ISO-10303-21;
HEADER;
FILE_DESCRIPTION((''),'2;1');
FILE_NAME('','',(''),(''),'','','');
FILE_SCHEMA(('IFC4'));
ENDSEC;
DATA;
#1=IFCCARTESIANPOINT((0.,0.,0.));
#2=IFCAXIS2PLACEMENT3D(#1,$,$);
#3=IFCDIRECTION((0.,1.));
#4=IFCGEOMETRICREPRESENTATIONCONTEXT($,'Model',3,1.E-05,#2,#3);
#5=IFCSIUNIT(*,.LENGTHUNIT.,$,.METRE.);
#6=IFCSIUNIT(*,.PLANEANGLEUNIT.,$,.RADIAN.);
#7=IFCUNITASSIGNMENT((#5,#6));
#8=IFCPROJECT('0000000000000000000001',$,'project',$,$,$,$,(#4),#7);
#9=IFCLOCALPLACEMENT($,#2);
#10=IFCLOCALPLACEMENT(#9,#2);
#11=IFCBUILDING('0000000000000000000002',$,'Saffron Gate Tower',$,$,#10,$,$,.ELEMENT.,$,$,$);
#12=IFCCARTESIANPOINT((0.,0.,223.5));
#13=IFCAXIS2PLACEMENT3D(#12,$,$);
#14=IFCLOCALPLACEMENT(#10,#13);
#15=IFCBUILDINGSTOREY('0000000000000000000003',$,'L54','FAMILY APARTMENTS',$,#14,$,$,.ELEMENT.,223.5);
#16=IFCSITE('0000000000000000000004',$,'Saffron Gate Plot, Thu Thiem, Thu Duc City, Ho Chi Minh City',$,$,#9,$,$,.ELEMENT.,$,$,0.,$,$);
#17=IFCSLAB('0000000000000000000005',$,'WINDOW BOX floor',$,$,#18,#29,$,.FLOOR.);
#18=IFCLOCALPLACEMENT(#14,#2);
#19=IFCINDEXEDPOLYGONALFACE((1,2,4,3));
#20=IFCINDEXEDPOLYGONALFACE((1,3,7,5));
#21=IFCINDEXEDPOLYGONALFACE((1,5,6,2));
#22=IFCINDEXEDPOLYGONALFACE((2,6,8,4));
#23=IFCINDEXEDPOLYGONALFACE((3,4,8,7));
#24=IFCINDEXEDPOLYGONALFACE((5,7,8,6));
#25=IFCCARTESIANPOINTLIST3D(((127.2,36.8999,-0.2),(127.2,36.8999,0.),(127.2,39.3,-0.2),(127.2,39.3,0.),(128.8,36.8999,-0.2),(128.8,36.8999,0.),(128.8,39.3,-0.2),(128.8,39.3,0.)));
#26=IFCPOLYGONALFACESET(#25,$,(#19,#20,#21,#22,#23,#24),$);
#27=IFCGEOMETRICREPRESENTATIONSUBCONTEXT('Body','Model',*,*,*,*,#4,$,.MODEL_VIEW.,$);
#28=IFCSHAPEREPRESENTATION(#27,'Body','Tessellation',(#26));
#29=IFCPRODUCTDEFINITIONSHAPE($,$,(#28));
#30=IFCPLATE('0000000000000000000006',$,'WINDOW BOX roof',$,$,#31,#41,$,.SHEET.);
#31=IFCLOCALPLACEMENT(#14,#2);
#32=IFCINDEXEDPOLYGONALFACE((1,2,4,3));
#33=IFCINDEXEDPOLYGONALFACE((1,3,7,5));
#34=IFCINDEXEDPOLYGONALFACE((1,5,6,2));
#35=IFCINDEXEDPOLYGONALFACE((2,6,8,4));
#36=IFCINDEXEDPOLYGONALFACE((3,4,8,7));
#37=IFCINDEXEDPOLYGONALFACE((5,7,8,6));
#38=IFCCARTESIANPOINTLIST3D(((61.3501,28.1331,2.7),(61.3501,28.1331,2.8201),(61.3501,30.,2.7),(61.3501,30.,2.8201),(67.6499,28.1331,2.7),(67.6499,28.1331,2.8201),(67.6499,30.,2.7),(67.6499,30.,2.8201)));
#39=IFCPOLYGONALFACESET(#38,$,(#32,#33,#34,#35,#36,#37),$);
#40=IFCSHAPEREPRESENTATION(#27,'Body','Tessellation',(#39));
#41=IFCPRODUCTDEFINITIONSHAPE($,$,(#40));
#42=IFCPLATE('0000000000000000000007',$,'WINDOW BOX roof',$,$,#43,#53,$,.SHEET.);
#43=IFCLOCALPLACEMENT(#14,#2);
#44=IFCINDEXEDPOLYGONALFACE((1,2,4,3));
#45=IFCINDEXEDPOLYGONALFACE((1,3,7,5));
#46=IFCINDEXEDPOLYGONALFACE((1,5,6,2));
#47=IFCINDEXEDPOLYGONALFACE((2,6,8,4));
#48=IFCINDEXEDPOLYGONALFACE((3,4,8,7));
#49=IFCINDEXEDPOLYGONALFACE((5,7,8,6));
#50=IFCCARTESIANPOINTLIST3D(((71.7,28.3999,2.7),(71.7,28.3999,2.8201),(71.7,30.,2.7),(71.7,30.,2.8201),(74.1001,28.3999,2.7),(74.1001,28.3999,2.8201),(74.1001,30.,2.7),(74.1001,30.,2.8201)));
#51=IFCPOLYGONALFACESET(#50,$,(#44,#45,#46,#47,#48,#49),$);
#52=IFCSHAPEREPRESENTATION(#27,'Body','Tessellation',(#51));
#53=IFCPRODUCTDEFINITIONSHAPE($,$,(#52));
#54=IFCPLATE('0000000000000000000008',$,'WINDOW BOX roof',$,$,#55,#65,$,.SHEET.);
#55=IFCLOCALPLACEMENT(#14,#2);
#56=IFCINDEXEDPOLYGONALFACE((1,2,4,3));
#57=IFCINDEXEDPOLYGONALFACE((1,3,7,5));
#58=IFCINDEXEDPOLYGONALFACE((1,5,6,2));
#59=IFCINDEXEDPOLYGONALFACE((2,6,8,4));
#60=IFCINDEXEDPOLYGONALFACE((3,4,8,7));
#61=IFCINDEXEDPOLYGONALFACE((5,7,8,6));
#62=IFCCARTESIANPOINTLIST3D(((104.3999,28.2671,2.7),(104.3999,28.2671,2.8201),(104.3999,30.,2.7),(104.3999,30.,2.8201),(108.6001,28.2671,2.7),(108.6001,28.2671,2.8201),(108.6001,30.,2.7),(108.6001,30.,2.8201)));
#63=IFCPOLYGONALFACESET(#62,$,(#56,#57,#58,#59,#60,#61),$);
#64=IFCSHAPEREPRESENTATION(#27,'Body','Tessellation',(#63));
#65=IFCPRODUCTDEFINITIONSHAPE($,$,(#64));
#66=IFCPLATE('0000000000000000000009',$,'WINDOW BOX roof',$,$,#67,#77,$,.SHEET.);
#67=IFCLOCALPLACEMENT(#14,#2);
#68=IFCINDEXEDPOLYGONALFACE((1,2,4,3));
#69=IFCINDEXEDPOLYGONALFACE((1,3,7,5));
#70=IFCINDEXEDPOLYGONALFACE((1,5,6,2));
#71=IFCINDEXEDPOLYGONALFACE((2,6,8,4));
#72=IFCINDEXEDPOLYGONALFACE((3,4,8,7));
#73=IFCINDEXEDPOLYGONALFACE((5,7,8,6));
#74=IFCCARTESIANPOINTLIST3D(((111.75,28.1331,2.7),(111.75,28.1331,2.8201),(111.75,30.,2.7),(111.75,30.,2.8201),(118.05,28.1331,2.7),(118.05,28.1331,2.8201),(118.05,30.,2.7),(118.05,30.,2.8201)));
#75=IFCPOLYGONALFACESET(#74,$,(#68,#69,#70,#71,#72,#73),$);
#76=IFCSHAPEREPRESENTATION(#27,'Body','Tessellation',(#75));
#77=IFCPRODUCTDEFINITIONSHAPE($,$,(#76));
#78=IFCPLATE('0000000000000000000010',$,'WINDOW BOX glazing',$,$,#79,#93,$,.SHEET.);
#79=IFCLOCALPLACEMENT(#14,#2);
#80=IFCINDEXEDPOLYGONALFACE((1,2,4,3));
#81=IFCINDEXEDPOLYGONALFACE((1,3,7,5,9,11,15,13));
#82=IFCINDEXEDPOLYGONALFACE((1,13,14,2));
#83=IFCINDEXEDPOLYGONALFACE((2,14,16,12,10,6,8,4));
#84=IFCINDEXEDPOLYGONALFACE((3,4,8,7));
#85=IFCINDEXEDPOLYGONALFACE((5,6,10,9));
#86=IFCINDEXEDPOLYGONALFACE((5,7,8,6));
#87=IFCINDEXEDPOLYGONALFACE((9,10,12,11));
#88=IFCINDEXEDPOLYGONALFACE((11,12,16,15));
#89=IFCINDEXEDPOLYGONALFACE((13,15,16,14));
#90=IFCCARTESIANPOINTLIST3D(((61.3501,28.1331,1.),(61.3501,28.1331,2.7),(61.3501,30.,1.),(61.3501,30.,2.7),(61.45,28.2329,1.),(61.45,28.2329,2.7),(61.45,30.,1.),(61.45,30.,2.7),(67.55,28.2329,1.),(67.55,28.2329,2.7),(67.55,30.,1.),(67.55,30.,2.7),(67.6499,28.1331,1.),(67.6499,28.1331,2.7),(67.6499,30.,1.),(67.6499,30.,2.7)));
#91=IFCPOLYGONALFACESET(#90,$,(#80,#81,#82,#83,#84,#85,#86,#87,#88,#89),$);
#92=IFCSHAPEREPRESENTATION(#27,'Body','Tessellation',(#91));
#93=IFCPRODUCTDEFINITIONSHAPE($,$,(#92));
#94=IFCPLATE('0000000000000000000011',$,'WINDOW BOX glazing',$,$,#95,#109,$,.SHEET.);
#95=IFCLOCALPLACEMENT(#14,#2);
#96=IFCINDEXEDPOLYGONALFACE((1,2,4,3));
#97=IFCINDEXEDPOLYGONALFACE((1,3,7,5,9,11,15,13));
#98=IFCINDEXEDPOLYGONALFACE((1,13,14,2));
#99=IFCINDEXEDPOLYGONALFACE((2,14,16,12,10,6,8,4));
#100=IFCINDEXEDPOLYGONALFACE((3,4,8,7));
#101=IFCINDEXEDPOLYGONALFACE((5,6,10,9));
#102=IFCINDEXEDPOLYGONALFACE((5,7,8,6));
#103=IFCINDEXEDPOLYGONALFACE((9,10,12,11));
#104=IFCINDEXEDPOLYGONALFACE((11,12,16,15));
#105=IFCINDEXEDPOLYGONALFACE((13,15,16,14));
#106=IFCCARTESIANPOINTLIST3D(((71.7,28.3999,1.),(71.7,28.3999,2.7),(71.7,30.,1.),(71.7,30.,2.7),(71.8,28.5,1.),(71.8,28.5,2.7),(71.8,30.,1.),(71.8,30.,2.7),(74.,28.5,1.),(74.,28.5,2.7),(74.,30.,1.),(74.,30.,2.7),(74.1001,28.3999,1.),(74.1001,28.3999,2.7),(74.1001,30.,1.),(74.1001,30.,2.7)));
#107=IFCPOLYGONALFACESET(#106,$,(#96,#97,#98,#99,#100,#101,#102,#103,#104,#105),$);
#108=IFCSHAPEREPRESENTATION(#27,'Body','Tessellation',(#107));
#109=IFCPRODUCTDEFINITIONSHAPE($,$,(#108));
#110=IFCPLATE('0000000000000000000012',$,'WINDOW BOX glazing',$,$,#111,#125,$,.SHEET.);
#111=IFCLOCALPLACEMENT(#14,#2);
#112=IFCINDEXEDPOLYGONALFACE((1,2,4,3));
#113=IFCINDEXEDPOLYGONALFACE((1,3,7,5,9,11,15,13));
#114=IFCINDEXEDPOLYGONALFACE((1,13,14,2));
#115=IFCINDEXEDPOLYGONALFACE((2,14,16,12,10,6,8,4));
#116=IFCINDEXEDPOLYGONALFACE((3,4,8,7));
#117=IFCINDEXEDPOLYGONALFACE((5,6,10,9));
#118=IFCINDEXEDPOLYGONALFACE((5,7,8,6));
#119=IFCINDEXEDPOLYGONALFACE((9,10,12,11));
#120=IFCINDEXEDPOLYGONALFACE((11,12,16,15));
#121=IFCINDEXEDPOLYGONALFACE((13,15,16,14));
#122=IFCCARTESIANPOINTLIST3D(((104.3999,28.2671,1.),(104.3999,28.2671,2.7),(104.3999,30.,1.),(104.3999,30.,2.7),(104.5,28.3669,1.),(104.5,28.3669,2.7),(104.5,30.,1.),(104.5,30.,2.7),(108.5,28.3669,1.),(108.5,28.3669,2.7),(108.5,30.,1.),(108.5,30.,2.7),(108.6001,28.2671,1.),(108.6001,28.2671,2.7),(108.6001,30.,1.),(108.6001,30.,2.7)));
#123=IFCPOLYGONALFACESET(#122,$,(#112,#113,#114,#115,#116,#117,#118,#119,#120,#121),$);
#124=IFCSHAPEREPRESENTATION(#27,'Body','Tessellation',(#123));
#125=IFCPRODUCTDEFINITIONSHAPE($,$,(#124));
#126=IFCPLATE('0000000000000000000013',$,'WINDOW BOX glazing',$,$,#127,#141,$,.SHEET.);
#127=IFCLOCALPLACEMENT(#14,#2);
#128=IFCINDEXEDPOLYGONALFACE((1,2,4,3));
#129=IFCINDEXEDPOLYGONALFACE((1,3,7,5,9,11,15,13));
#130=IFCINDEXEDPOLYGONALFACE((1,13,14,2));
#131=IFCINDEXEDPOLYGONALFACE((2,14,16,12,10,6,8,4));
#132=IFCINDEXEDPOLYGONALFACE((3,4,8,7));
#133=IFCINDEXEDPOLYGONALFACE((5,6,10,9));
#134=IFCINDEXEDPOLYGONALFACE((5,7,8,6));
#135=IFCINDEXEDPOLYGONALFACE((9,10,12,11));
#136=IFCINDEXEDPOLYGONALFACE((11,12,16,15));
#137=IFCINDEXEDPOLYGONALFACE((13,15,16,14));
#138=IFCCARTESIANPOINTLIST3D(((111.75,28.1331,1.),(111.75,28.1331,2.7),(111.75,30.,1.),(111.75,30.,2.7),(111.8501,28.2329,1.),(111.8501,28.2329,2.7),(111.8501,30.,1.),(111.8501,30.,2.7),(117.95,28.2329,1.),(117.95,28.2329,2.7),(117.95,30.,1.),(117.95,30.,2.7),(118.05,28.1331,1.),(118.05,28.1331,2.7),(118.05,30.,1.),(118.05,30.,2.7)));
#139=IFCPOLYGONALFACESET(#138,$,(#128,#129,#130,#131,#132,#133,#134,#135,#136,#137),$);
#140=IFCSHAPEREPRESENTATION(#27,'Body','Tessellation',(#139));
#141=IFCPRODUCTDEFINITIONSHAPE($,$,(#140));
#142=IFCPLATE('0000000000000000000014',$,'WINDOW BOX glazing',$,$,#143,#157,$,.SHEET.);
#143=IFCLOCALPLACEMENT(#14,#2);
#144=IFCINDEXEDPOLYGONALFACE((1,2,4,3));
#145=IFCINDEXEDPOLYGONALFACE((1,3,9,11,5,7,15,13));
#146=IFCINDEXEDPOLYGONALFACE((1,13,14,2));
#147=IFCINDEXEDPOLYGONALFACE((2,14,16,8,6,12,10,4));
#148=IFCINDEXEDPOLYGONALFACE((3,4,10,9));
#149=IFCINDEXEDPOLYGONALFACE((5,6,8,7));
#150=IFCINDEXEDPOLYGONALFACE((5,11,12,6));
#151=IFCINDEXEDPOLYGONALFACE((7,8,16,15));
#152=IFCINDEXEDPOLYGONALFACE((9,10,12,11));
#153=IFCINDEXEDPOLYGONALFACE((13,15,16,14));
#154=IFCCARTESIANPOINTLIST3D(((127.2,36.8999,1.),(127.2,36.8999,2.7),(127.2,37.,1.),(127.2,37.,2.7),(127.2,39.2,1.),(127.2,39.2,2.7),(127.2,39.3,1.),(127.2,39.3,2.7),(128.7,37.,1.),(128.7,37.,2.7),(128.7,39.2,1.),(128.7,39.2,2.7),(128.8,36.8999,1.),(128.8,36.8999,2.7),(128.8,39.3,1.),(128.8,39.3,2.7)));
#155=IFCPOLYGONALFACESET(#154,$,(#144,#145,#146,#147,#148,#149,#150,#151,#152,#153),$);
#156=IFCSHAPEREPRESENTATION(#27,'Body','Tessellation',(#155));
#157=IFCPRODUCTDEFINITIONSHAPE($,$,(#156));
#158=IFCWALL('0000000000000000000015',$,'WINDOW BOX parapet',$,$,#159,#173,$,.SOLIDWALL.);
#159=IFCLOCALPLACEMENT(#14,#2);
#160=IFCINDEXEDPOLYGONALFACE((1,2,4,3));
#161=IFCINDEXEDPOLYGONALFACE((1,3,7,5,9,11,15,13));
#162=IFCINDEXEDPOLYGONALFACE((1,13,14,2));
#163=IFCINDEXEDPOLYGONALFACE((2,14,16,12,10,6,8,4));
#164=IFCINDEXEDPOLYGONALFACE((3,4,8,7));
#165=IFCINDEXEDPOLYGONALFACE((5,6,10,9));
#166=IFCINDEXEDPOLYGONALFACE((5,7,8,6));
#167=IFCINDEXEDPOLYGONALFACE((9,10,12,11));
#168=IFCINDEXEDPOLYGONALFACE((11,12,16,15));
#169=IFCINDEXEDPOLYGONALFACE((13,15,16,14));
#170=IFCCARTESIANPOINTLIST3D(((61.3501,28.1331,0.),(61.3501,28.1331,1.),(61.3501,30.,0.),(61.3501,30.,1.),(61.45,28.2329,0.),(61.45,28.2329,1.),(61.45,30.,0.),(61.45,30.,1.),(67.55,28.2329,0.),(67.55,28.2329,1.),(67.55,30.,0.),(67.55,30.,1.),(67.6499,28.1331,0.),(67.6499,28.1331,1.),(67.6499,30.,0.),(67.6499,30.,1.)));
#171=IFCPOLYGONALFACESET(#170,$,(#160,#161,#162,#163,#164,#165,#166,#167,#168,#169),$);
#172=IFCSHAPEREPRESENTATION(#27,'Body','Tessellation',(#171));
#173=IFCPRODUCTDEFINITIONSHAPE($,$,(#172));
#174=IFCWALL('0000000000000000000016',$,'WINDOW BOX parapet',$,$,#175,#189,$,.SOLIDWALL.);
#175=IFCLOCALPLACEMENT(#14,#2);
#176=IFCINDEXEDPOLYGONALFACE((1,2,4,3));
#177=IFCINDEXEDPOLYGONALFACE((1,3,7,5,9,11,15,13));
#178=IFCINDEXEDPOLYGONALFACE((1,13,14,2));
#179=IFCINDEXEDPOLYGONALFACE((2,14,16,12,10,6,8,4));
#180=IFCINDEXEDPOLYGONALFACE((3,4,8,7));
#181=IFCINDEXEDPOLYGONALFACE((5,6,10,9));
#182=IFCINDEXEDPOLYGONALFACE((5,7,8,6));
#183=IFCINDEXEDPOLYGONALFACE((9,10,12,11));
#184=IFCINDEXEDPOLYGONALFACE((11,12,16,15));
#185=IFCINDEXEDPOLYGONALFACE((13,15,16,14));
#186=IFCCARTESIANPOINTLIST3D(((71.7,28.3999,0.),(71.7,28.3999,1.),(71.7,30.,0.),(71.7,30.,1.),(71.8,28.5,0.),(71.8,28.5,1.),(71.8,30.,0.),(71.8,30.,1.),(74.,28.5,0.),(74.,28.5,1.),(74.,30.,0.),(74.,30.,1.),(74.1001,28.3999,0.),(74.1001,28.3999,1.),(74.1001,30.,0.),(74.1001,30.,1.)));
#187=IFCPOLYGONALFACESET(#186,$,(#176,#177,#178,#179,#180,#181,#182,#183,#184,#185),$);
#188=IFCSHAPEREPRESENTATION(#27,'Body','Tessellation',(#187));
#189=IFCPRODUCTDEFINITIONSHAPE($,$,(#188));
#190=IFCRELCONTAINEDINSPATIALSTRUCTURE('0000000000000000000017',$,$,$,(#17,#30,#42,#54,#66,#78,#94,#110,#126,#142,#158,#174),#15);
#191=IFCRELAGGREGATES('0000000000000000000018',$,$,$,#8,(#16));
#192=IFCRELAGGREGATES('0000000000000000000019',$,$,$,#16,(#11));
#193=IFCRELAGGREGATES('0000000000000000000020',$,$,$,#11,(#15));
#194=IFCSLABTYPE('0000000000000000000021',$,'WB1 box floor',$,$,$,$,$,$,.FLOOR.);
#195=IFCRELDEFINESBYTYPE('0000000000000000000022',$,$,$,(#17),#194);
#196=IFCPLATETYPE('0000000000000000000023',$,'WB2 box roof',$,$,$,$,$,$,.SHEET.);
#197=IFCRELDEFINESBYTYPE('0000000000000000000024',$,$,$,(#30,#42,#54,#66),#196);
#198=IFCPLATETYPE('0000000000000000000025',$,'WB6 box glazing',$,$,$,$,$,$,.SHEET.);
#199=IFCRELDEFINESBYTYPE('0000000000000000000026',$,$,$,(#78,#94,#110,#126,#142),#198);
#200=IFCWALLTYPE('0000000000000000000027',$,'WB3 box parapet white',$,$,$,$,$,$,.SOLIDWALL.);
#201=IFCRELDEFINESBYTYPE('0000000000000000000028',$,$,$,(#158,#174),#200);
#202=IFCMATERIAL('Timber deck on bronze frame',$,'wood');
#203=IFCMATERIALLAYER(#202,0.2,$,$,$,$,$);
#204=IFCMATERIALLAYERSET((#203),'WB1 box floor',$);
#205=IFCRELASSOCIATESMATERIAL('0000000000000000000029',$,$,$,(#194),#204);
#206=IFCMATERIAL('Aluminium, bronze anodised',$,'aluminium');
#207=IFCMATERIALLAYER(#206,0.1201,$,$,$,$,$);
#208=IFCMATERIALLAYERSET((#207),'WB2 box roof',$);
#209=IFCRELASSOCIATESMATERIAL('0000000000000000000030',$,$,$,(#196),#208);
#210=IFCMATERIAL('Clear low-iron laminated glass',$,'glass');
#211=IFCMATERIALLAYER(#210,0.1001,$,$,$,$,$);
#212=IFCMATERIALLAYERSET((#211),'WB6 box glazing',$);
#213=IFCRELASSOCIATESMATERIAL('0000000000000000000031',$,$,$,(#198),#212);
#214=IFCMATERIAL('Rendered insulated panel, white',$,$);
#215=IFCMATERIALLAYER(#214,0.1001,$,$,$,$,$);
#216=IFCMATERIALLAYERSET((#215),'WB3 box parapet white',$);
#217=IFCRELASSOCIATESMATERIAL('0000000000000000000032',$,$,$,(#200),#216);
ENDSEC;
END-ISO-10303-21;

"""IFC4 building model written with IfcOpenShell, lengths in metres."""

from ifc_helpers import new_model, si_unit, direction, frame, origin, place, context, subcontext, project, spatial, polyline, outline, extrude, material, layer, layer_set, type_object, element, save


model = new_model("IFC4")

# Units and contexts
model_context = context("Model", 3, precision=1e-05, world=origin(), true_north=direction((0.0, 1.0)))
body_context = subcontext(model_context, "Body", "Model", "MODEL_VIEW")
ifc_project = project(units=[si_unit("LENGTHUNIT", "METRE"), si_unit("PLANEANGLEUNIT", "RADIAN")], contexts=[model_context])

# Site, building, storey
site_placement = place(None, origin())
site = spatial("IfcSite", under=ifc_project, at=site_placement, Name="Saffron Gate Plot, Thu Thiem, Thu Duc City, Ho Chi Minh City", CompositionType="ELEMENT", RefElevation=0.0)
building_placement = place(site_placement, origin())
building = spatial("IfcBuilding", under=site, at=building_placement, Name="Saffron Gate Tower", CompositionType="ELEMENT")
storey_placement = place(building_placement, frame((0.0, 0.0, 223.5)))
storey = spatial("IfcBuildingStorey", under=building, at=storey_placement, Name="L54", Description="FAMILY APARTMENTS", CompositionType="ELEMENT", Elevation=223.5)

# Slab
ifc_material_1 = material(Name="Timber deck on bronze frame", Category="wood")
ifc_layer_1 = layer(ifc_material_1, 0.2)
ifc_layer_set_1 = layer_set([ifc_layer_1], Name="WB1 box floor")
slab_type_1 = type_object("IfcSlabType", Name="WB1 box floor", PredefinedType="FLOOR", material=ifc_layer_set_1)
slab_1_placement = place(storey_placement, frame((0.0, 0.0, -0.2)))
element("IfcSlab", 1, at=slab_1_placement, inside=storey, type_object=slab_type_1, Name="WINDOW BOX floor", PredefinedType="FLOOR", context=body_context, shape_type="SweptSolid", body=[
    extrude(outline(polyline([(127.2, 36.8999), (127.2, 39.3), (128.8, 39.3), (128.8, 36.8999), (127.2, 36.8999)])), origin(), (0.0, 0.0, 1.0), 0.2),
])

# Plates
ifc_material_2 = material(Name="Aluminium, bronze anodised", Category="aluminium")
ifc_layer_2 = layer(ifc_material_2, 0.1201)
ifc_layer_set_2 = layer_set([ifc_layer_2], Name="WB2 box roof")
plate_type_1 = type_object("IfcPlateType", Name="WB2 box roof", PredefinedType="SHEET", material=ifc_layer_set_2)
plate_1_placement = place(storey_placement, frame((0.0, 0.0, 2.7)))
element("IfcPlate", 2, at=plate_1_placement, inside=storey, type_object=plate_type_1, Name="WINDOW BOX roof", PredefinedType="SHEET", context=body_context, shape_type="SweptSolid", body=[
    extrude(outline(polyline([(61.3501, 30.0), (67.6499, 30.0), (67.6499, 28.1331), (61.3501, 28.1331), (61.3501, 30.0)])), origin(), (0.0, 0.0, 1.0), 0.1201),
])
plate_2_placement = place(storey_placement, frame((0.0, 0.0, 2.7)))
element("IfcPlate", 3, at=plate_2_placement, inside=storey, type_object=plate_type_1, Name="WINDOW BOX roof", PredefinedType="SHEET", context=body_context, shape_type="SweptSolid", body=[
    extrude(outline(polyline([(71.7, 30.0), (74.1001, 30.0), (74.1001, 28.3999), (71.7, 28.3999), (71.7, 30.0)])), origin(), (0.0, 0.0, 1.0), 0.1201),
])
plate_3_placement = place(storey_placement, frame((0.0, 0.0, 2.7)))
element("IfcPlate", 4, at=plate_3_placement, inside=storey, type_object=plate_type_1, Name="WINDOW BOX roof", PredefinedType="SHEET", context=body_context, shape_type="SweptSolid", body=[
    extrude(outline(polyline([(104.3999, 30.0), (108.6001, 30.0), (108.6001, 28.2671), (104.3999, 28.2671), (104.3999, 30.0)])), origin(), (0.0, 0.0, 1.0), 0.1201),
])
plate_4_placement = place(storey_placement, frame((0.0, 0.0, 2.7)))
element("IfcPlate", 5, at=plate_4_placement, inside=storey, type_object=plate_type_1, Name="WINDOW BOX roof", PredefinedType="SHEET", context=body_context, shape_type="SweptSolid", body=[
    extrude(outline(polyline([(111.75, 30.0), (118.05, 30.0), (118.05, 28.1331), (111.75, 28.1331), (111.75, 30.0)])), origin(), (0.0, 0.0, 1.0), 0.1201),
])
ifc_material_3 = material(Name="Clear low-iron laminated glass", Category="glass")
ifc_layer_3 = layer(ifc_material_3, 0.1001)
ifc_layer_set_3 = layer_set([ifc_layer_3], Name="WB6 box glazing")
plate_type_2 = type_object("IfcPlateType", Name="WB6 box glazing", PredefinedType="SHEET", material=ifc_layer_set_3)
plate_5_placement = place(storey_placement, frame((0.0, 0.0, 1.0)))
element("IfcPlate", 6, at=plate_5_placement, inside=storey, type_object=plate_type_2, Name="WINDOW BOX glazing", PredefinedType="SHEET", context=body_context, shape_type="SweptSolid", body=[
    extrude(outline(polyline([(61.3501, 30.0), (61.45, 30.0), (61.45, 28.2329), (67.55, 28.2329), (67.55, 30.0), (67.6499, 30.0), (67.6499, 28.1331), (61.3501, 28.1331), (61.3501, 30.0)])), origin(), (0.0, 0.0, 1.0), 1.7),
])
plate_6_placement = place(storey_placement, frame((0.0, 0.0, 1.0)))
element("IfcPlate", 7, at=plate_6_placement, inside=storey, type_object=plate_type_2, Name="WINDOW BOX glazing", PredefinedType="SHEET", context=body_context, shape_type="SweptSolid", body=[
    extrude(outline(polyline([(71.7, 30.0), (71.8, 30.0), (71.8, 28.5), (74.0, 28.5), (74.0, 30.0), (74.1001, 30.0), (74.1001, 28.3999), (71.7, 28.3999), (71.7, 30.0)])), origin(), (0.0, 0.0, 1.0), 1.7),
])
plate_7_placement = place(storey_placement, frame((0.0, 0.0, 1.0)))
element("IfcPlate", 8, at=plate_7_placement, inside=storey, type_object=plate_type_2, Name="WINDOW BOX glazing", PredefinedType="SHEET", context=body_context, shape_type="SweptSolid", body=[
    extrude(outline(polyline([(104.3999, 30.0), (104.5, 30.0), (104.5, 28.3669), (108.5, 28.3669), (108.5, 30.0), (108.6001, 30.0), (108.6001, 28.2671), (104.3999, 28.2671), (104.3999, 30.0)])), origin(), (0.0, 0.0, 1.0), 1.7),
])
plate_8_placement = place(storey_placement, frame((0.0, 0.0, 1.0)))
element("IfcPlate", 9, at=plate_8_placement, inside=storey, type_object=plate_type_2, Name="WINDOW BOX glazing", PredefinedType="SHEET", context=body_context, shape_type="SweptSolid", body=[
    extrude(outline(polyline([(111.75, 30.0), (111.8501, 30.0), (111.8501, 28.2329), (117.95, 28.2329), (117.95, 30.0), (118.05, 30.0), (118.05, 28.1331), (111.75, 28.1331), (111.75, 30.0)])), origin(), (0.0, 0.0, 1.0), 1.7),
])
plate_9_placement = place(storey_placement, frame((0.0, 0.0, 1.0)))
element("IfcPlate", 10, at=plate_9_placement, inside=storey, type_object=plate_type_2, Name="WINDOW BOX glazing", PredefinedType="SHEET", context=body_context, shape_type="SweptSolid", body=[
    extrude(outline(polyline([(127.2, 36.8999), (127.2, 37.0), (128.7, 37.0), (128.7, 39.2), (127.2, 39.2), (127.2, 39.3), (128.8, 39.3), (128.8, 36.8999), (127.2, 36.8999)])), origin(), (0.0, 0.0, 1.0), 1.7),
])

# Walls
ifc_material_4 = material(Name="Rendered insulated panel, white")
ifc_layer_4 = layer(ifc_material_4, 0.1001)
ifc_layer_set_4 = layer_set([ifc_layer_4], Name="WB3 box parapet white")
wall_type = type_object("IfcWallType", Name="WB3 box parapet white", PredefinedType="SOLIDWALL", material=ifc_layer_set_4)
wall_1_placement = place(storey_placement, origin())
element("IfcWall", 11, at=wall_1_placement, inside=storey, type_object=wall_type, Name="WINDOW BOX parapet", PredefinedType="SOLIDWALL", context=body_context, shape_type="SweptSolid", body=[
    extrude(outline(polyline([(61.3501, 30.0), (61.45, 30.0), (61.45, 28.2329), (67.55, 28.2329), (67.55, 30.0), (67.6499, 30.0), (67.6499, 28.1331), (61.3501, 28.1331), (61.3501, 30.0)])), origin(), (0.0, 0.0, 1.0), 1.0),
])
wall_2_placement = place(storey_placement, origin())
element("IfcWall", 12, at=wall_2_placement, inside=storey, type_object=wall_type, Name="WINDOW BOX parapet", PredefinedType="SOLIDWALL", context=body_context, shape_type="SweptSolid", body=[
    extrude(outline(polyline([(71.7, 30.0), (71.8, 30.0), (71.8, 28.5), (74.0, 28.5), (74.0, 30.0), (74.1001, 30.0), (74.1001, 28.3999), (71.7, 28.3999), (71.7, 30.0)])), origin(), (0.0, 0.0, 1.0), 1.0),
])

save(model, "model.ifc")
